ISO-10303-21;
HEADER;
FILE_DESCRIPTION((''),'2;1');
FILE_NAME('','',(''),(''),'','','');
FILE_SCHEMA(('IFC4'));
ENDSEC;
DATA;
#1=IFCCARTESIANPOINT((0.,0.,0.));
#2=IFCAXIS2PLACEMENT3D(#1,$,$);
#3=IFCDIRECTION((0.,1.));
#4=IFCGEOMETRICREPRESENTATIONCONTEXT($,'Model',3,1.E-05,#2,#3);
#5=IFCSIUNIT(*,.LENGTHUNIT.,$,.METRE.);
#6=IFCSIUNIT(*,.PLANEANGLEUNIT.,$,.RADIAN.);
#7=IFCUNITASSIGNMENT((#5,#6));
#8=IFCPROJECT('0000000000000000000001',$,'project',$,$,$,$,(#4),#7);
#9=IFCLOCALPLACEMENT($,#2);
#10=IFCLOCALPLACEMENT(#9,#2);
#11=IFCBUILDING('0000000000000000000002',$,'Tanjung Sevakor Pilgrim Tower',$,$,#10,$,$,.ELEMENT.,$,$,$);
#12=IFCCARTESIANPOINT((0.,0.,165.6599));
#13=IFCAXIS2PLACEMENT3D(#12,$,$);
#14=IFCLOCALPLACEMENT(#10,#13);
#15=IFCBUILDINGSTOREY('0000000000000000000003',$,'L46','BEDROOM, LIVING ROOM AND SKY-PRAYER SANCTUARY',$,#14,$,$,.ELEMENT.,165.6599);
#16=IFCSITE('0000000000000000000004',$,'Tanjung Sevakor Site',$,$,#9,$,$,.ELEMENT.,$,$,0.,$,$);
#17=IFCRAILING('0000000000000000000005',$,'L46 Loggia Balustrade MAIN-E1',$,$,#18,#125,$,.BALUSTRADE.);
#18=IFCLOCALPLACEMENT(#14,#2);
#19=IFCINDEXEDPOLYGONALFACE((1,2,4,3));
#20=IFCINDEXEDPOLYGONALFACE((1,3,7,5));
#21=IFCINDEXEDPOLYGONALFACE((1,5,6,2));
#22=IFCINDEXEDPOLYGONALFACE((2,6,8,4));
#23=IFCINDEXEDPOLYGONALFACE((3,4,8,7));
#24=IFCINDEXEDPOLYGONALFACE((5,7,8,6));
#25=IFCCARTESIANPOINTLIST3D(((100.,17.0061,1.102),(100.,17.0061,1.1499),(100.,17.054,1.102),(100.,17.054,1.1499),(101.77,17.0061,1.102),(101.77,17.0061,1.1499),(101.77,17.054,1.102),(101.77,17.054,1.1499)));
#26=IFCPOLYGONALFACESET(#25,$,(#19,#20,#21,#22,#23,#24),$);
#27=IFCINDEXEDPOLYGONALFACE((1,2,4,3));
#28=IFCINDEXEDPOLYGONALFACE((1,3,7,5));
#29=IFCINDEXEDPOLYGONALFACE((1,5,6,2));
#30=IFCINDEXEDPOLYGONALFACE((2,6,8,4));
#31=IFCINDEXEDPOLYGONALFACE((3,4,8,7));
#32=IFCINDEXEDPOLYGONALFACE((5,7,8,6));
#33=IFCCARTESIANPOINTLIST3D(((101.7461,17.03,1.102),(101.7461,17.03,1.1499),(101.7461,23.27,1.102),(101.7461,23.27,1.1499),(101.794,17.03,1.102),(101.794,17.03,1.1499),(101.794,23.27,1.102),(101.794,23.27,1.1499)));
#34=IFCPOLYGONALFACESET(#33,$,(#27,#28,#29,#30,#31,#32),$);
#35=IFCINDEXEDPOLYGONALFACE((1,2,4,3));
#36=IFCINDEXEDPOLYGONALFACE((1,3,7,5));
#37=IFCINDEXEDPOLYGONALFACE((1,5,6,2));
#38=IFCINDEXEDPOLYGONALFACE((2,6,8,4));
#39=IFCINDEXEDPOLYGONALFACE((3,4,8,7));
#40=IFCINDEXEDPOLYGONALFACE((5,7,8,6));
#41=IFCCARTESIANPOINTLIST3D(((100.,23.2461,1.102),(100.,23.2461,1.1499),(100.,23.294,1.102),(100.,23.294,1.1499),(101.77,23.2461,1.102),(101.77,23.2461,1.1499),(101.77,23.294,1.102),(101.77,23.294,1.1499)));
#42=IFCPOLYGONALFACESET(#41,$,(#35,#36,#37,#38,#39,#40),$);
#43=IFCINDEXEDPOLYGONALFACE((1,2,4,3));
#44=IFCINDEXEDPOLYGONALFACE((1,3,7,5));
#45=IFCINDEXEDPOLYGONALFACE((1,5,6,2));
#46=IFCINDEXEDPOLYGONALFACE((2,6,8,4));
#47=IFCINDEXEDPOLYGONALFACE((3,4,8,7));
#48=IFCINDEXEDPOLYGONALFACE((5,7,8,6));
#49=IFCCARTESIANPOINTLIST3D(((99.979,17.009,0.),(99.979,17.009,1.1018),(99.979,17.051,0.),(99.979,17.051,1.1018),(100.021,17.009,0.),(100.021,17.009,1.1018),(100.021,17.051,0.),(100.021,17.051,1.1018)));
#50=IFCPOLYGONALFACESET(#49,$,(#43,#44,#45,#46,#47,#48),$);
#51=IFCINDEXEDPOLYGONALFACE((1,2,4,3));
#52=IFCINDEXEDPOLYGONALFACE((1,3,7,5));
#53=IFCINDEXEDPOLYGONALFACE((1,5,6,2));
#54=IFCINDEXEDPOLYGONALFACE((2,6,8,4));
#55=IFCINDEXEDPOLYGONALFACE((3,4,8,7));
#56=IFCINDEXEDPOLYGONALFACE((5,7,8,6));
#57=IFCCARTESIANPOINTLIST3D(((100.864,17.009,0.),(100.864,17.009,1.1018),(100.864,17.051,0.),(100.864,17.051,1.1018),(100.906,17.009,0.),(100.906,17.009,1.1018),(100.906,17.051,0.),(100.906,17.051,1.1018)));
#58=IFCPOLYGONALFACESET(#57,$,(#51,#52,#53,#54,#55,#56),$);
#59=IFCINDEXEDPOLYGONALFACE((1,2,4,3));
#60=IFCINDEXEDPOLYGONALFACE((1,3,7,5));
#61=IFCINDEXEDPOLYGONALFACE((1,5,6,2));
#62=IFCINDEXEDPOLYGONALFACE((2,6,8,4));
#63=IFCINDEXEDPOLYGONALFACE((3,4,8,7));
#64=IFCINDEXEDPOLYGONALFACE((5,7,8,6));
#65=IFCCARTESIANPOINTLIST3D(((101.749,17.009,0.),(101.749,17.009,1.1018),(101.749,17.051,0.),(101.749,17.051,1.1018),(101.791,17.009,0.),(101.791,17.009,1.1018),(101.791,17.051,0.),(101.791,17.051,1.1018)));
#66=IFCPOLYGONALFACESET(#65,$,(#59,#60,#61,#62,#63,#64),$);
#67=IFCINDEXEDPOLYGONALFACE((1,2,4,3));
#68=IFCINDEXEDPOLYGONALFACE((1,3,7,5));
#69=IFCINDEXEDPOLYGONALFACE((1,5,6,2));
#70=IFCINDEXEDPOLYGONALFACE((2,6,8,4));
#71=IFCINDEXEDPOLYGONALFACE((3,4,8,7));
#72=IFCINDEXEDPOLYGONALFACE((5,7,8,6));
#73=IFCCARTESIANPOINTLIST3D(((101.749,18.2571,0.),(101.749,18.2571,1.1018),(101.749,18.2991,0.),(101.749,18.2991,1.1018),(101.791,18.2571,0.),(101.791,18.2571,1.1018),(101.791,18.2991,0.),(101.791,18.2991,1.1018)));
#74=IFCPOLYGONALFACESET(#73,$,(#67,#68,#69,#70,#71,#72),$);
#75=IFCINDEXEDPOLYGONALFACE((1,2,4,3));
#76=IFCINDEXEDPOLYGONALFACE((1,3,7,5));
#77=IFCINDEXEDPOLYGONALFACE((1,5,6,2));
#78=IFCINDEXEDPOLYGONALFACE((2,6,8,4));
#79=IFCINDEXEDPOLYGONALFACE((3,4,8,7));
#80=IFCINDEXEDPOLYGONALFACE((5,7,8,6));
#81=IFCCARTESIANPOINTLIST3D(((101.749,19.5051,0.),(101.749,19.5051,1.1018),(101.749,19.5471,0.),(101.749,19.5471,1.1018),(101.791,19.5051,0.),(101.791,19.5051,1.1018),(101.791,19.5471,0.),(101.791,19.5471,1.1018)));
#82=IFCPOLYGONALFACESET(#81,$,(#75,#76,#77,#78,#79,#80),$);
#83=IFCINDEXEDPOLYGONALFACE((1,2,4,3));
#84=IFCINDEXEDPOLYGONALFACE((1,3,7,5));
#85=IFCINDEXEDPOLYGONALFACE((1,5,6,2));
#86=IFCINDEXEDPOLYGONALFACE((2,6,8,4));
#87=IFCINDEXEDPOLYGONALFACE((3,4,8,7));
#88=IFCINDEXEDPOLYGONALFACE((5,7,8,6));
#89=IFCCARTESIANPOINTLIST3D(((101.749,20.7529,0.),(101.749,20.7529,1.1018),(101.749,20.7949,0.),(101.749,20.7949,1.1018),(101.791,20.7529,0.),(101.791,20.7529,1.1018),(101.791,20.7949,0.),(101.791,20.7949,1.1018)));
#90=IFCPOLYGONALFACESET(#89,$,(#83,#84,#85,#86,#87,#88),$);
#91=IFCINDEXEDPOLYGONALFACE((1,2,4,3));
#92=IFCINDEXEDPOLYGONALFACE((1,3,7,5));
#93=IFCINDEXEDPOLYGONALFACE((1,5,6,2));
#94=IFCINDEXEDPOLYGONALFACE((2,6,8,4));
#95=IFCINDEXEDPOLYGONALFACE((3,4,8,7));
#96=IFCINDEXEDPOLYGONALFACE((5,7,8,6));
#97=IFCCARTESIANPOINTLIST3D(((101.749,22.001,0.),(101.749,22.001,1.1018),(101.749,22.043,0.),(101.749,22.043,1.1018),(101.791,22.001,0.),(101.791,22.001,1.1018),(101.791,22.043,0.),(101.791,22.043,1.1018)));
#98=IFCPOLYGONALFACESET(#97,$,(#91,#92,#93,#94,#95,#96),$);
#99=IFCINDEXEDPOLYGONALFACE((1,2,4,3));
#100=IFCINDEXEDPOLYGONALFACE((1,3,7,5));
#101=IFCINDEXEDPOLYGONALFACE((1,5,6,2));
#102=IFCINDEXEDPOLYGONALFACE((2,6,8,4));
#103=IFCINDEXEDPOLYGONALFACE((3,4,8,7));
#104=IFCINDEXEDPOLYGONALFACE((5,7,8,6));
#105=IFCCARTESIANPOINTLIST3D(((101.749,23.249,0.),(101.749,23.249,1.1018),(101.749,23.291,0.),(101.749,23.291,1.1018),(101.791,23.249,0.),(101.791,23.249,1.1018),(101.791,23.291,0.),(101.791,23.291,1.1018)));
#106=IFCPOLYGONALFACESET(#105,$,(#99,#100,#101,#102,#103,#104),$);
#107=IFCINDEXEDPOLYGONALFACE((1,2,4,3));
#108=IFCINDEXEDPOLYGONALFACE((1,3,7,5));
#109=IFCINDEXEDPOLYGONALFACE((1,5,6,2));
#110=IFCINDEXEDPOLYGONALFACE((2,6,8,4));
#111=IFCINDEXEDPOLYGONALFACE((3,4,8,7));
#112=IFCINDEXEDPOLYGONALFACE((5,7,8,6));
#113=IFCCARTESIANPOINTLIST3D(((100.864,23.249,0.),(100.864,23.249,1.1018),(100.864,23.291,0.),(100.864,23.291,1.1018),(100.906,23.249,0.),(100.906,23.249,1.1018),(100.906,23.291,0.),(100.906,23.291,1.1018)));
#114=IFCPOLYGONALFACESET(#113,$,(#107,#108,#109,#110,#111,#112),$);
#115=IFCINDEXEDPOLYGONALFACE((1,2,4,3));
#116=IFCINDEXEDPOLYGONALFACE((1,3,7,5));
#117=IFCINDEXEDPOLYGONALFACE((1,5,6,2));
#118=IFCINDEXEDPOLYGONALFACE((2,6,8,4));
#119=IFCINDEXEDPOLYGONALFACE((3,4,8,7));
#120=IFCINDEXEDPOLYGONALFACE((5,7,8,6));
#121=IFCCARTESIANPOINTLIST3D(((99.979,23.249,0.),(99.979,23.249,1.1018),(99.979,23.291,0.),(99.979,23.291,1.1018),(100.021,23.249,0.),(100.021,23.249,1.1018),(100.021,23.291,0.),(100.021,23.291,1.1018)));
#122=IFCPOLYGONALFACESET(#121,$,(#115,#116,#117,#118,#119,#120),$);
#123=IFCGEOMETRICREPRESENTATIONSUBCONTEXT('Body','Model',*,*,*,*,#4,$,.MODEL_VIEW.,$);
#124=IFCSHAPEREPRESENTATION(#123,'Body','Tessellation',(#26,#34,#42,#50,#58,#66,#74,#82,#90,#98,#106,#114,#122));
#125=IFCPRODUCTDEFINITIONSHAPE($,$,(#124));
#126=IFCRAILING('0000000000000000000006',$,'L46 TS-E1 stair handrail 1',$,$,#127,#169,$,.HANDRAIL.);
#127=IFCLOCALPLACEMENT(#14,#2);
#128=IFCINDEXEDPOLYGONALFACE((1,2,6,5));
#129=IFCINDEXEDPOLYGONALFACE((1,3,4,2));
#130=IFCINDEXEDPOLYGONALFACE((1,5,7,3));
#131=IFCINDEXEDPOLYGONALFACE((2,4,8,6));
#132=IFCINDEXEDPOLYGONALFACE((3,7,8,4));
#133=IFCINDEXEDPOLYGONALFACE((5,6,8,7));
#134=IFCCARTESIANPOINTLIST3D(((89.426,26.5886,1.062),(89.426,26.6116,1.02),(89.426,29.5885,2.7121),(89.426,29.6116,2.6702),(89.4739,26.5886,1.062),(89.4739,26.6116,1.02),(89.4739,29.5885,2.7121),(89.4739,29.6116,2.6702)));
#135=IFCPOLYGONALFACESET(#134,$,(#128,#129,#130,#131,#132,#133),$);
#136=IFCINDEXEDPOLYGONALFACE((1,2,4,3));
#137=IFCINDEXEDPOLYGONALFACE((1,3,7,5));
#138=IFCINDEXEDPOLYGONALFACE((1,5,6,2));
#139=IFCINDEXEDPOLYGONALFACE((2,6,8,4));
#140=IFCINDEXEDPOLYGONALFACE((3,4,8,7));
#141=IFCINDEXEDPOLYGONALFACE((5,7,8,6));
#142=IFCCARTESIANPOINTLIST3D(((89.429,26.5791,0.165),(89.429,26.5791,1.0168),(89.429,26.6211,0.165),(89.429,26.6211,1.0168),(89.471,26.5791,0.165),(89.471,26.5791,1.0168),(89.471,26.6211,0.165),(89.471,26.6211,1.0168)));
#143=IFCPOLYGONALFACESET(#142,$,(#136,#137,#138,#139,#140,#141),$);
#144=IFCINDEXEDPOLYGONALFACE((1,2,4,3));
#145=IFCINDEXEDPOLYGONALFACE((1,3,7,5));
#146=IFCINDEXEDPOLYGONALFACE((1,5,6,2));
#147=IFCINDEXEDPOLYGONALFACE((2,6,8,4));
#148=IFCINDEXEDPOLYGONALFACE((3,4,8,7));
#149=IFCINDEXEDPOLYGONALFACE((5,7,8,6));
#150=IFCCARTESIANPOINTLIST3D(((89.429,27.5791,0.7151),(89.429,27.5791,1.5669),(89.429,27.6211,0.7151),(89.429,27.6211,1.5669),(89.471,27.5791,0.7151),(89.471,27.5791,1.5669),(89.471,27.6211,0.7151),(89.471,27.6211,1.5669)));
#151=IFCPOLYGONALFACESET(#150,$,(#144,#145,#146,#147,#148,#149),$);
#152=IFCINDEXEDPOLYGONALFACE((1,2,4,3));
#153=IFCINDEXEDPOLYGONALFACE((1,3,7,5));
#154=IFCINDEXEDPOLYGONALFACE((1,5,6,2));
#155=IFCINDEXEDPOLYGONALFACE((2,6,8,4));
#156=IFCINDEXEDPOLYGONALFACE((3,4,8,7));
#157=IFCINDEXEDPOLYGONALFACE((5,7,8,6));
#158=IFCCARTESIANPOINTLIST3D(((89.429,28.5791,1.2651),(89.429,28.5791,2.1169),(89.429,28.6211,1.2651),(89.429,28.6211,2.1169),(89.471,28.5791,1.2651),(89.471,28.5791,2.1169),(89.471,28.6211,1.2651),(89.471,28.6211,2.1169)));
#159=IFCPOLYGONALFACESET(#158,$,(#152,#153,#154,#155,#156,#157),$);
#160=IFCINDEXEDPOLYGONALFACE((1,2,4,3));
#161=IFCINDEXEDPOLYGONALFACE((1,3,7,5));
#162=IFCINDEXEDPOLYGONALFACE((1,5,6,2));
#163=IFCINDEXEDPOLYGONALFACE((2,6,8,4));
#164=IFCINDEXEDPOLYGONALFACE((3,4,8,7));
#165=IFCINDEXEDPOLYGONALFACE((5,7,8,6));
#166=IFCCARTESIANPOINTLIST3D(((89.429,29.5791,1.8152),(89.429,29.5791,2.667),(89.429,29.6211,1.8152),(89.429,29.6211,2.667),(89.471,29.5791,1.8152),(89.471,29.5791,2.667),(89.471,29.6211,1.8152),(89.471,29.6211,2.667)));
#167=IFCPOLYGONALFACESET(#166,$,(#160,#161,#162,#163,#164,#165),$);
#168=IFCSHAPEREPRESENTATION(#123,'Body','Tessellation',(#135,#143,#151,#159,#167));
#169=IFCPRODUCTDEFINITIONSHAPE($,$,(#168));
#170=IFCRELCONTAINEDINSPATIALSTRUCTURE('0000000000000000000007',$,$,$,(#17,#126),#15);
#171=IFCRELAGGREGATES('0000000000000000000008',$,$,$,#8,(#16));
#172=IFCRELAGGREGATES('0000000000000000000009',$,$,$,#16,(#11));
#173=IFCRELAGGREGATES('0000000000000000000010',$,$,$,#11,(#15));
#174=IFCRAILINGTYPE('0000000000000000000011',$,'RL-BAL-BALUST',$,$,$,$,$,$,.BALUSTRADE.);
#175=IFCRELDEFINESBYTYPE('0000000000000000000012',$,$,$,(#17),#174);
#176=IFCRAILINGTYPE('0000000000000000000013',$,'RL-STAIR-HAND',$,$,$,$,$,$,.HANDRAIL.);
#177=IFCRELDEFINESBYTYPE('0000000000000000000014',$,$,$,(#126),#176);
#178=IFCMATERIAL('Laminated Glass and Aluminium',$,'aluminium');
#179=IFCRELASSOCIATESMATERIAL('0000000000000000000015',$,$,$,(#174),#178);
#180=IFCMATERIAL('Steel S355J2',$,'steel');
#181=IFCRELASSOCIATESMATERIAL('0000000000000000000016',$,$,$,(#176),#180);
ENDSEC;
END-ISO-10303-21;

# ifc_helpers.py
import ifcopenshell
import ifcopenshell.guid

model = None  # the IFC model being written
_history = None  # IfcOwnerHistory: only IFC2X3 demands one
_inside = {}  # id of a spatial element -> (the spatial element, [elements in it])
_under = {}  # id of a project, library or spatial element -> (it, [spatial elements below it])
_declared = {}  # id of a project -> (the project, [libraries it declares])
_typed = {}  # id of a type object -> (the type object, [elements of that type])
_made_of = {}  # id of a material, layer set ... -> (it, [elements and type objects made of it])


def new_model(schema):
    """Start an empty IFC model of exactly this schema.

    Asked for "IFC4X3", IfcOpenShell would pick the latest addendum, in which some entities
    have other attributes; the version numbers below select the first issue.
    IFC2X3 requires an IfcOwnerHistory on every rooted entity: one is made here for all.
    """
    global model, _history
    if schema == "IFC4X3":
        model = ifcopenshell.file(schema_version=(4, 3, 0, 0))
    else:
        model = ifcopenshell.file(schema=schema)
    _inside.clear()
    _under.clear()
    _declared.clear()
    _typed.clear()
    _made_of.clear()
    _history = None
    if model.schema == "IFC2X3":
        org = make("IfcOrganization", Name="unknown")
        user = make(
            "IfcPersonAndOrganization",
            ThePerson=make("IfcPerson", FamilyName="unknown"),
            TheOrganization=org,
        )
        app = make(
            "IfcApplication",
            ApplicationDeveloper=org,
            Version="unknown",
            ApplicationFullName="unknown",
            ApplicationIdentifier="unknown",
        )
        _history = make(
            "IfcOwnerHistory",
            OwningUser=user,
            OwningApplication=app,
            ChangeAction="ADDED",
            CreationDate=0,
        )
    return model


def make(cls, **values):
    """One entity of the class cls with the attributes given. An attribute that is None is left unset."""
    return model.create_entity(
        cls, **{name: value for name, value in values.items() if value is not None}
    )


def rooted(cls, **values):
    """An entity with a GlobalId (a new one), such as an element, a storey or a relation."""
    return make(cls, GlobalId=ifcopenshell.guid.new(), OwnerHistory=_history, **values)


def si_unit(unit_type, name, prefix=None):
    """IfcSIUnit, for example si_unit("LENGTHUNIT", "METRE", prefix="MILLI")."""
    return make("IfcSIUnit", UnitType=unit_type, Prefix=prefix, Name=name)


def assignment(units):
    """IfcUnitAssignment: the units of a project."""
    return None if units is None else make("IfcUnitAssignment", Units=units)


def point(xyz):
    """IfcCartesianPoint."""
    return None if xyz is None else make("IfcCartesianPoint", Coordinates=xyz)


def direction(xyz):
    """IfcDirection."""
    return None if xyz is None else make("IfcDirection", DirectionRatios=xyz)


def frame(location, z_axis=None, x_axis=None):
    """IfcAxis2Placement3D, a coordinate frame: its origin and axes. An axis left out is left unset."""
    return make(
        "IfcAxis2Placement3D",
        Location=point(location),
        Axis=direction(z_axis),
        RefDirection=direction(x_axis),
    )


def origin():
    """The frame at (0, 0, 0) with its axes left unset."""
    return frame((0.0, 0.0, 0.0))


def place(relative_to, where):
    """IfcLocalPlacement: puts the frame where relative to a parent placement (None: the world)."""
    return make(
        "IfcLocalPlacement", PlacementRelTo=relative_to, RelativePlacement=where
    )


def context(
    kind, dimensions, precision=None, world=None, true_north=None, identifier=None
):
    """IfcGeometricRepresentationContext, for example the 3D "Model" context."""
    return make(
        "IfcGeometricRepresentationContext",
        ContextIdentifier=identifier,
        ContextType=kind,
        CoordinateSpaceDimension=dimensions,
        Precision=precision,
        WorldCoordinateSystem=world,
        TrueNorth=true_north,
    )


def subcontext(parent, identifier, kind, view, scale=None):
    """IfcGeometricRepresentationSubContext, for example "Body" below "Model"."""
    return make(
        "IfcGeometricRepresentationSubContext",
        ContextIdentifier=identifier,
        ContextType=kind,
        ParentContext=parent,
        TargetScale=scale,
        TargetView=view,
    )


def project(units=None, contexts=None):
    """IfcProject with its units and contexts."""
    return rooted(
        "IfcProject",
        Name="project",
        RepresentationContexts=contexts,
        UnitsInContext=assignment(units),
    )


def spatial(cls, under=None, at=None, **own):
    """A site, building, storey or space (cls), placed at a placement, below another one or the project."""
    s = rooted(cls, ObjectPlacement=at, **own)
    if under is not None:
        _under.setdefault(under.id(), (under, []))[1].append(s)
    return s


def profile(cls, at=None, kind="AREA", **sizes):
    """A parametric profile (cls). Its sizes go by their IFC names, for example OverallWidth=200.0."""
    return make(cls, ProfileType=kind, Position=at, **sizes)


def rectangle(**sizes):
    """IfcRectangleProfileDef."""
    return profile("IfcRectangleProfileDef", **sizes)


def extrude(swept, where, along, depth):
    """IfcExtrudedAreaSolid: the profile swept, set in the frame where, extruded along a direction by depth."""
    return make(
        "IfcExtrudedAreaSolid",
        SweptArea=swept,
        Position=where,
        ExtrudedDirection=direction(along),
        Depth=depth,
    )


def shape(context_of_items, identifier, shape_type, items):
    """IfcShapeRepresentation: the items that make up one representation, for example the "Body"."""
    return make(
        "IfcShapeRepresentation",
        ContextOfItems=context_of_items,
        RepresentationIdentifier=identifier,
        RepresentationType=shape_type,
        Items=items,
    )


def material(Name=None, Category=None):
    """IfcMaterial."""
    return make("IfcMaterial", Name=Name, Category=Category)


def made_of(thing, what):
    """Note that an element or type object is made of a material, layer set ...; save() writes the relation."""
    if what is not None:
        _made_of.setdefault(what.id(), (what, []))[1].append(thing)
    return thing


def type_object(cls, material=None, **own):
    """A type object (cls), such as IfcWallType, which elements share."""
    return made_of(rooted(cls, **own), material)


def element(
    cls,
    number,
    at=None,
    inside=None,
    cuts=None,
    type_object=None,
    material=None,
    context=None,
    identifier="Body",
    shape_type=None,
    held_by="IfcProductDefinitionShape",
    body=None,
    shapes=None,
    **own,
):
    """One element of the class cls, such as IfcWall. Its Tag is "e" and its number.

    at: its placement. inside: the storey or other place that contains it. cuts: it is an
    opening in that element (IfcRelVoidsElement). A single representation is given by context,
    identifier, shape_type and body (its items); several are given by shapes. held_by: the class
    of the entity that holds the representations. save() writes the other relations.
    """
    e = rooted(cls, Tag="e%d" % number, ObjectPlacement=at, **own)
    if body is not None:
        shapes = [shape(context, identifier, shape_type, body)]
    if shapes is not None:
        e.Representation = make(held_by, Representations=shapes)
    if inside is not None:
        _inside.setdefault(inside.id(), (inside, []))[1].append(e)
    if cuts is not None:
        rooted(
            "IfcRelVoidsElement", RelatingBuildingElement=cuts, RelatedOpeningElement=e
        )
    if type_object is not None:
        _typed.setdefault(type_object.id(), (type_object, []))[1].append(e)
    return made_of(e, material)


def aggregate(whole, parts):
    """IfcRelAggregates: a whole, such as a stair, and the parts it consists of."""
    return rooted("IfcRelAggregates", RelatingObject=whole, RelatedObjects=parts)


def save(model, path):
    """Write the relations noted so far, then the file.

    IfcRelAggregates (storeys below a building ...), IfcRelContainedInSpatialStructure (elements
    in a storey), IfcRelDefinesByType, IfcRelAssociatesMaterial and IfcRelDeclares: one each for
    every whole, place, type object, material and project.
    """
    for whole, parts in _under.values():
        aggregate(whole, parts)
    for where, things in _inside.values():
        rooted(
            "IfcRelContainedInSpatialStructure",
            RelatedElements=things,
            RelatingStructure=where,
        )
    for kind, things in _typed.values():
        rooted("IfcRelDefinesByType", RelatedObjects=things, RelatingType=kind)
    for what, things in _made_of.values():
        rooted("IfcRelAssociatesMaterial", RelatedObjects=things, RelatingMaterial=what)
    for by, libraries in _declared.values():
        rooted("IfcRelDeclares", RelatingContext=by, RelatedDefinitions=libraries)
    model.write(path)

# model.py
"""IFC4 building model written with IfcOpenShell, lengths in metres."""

from ifc_helpers import new_model, si_unit, direction, frame, origin, place, context, subcontext, project, spatial, rectangle, extrude, material, type_object, element, save


model = new_model("IFC4")

# Units and contexts
model_context = context("Model", 3, precision=1e-05, world=origin(), true_north=direction((0.0, 1.0)))
body_context = subcontext(model_context, "Body", "Model", "MODEL_VIEW")
ifc_project = project(units=[si_unit("LENGTHUNIT", "METRE"), si_unit("PLANEANGLEUNIT", "RADIAN")], contexts=[model_context])

# Site, building, storey
site_placement = place(None, origin())
site = spatial("IfcSite", under=ifc_project, at=site_placement, Name="Tanjung Sevakor Site", CompositionType="ELEMENT", RefElevation=0.0)
building_placement = place(site_placement, origin())
building = spatial("IfcBuilding", under=site, at=building_placement, Name="Tanjung Sevakor Pilgrim Tower", CompositionType="ELEMENT")
storey_placement = place(building_placement, frame((0.0, 0.0, 165.6599)))
storey = spatial("IfcBuildingStorey", under=building, at=storey_placement, Name="L46", Description="BEDROOM, LIVING ROOM AND SKY-PRAYER SANCTUARY", CompositionType="ELEMENT", Elevation=165.6599)

# Railings
ifc_material_1 = material(Name="Laminated Glass and Aluminium", Category="aluminium")
railing_type_1 = type_object("IfcRailingType", Name="RL-BAL-BALUST", PredefinedType="BALUSTRADE", material=ifc_material_1)
railing_1_placement = place(storey_placement, frame((100.0, 17.03, 0.0)))
element("IfcRailing", 1, at=railing_1_placement, inside=storey, type_object=railing_type_1, Name="L46 Loggia Balustrade MAIN-E1", PredefinedType="BALUSTRADE", context=body_context, shape_type="SweptSolid", body=[
    extrude(rectangle(XDim=0.0479, YDim=0.0479), frame((0.0, 0.0, 1.126), z_axis=(1.0, 0.0, 0.0), x_axis=(0.0, 1.0, 0.0)), (0.0, 0.0, 1.0), 1.77),
    extrude(rectangle(XDim=0.0479, YDim=0.0479), frame((1.77, 0.0, 1.126), z_axis=(0.0, 1.0, 0.0), x_axis=(-1.0, 0.0, 0.0)), (0.0, 0.0, 1.0), 6.24),
    extrude(rectangle(XDim=0.0479, YDim=0.0479), frame((1.77, 6.24, 1.126), z_axis=(-1.0, 0.0, 0.0), x_axis=(0.0, -1.0, 0.0)), (0.0, 0.0, 1.0), 1.77),
    extrude(rectangle(XDim=0.042, YDim=0.042), origin(), (0.0, 0.0, 1.0), 1.1018),
    extrude(rectangle(XDim=0.042, YDim=0.042), frame((0.885, 0.0, 0.0)), (0.0, 0.0, 1.0), 1.1018),
    extrude(rectangle(XDim=0.042, YDim=0.042), frame((1.77, 0.0, 0.0)), (0.0, 0.0, 1.0), 1.1018),
    extrude(rectangle(XDim=0.042, YDim=0.042), frame((1.77, 1.248, 0.0)), (0.0, 0.0, 1.0), 1.1018),
    extrude(rectangle(XDim=0.042, YDim=0.042), frame((1.77, 2.4961, 0.0)), (0.0, 0.0, 1.0), 1.1018),
    extrude(rectangle(XDim=0.042, YDim=0.042), frame((1.77, 3.7439, 0.0)), (0.0, 0.0, 1.0), 1.1018),
    extrude(rectangle(XDim=0.042, YDim=0.042), frame((1.77, 4.9919, 0.0)), (0.0, 0.0, 1.0), 1.1018),
    extrude(rectangle(XDim=0.042, YDim=0.042), frame((1.77, 6.24, 0.0)), (0.0, 0.0, 1.0), 1.1018),
    extrude(rectangle(XDim=0.042, YDim=0.042), frame((0.885, 6.24, 0.0)), (0.0, 0.0, 1.0), 1.1018),
    extrude(rectangle(XDim=0.042, YDim=0.042), frame((0.0, 6.24, 0.0)), (0.0, 0.0, 1.0), 1.1018),
])
ifc_material_2 = material(Name="Steel S355J2", Category="steel")
railing_type_2 = type_object("IfcRailingType", Name="RL-STAIR-HAND", PredefinedType="HANDRAIL", material=ifc_material_2)
railing_2_placement = place(storey_placement, frame((89.45, 26.6001, 0.165)))
element("IfcRailing", 2, at=railing_2_placement, inside=storey, type_object=railing_type_2, Name="L46 TS-E1 stair handrail 1", PredefinedType="HANDRAIL", context=body_context, shape_type="SweptSolid", body=[
    extrude(rectangle(XDim=0.0479, YDim=0.0479), frame((0.0, 0.0, 0.876), z_axis=(0.0, 0.876198, 0.481952), x_axis=(-1.0, 0.0, 0.0)), (0.0, 0.0, 1.0), 3.4238),
    extrude(rectangle(XDim=0.042, YDim=0.042), origin(), (0.0, 0.0, 1.0), 0.8518),
    extrude(rectangle(XDim=0.042, YDim=0.042), frame((0.0, 1.0, 0.55)), (0.0, 0.0, 1.0), 0.8518),
    extrude(rectangle(XDim=0.042, YDim=0.042), frame((0.0, 2.0, 1.1001)), (0.0, 0.0, 1.0), 0.8518),
    extrude(rectangle(XDim=0.042, YDim=0.042), frame((0.0, 3.0, 1.6501)), (0.0, 0.0, 1.0), 0.8518),
])

save(model, "model.ifc")
